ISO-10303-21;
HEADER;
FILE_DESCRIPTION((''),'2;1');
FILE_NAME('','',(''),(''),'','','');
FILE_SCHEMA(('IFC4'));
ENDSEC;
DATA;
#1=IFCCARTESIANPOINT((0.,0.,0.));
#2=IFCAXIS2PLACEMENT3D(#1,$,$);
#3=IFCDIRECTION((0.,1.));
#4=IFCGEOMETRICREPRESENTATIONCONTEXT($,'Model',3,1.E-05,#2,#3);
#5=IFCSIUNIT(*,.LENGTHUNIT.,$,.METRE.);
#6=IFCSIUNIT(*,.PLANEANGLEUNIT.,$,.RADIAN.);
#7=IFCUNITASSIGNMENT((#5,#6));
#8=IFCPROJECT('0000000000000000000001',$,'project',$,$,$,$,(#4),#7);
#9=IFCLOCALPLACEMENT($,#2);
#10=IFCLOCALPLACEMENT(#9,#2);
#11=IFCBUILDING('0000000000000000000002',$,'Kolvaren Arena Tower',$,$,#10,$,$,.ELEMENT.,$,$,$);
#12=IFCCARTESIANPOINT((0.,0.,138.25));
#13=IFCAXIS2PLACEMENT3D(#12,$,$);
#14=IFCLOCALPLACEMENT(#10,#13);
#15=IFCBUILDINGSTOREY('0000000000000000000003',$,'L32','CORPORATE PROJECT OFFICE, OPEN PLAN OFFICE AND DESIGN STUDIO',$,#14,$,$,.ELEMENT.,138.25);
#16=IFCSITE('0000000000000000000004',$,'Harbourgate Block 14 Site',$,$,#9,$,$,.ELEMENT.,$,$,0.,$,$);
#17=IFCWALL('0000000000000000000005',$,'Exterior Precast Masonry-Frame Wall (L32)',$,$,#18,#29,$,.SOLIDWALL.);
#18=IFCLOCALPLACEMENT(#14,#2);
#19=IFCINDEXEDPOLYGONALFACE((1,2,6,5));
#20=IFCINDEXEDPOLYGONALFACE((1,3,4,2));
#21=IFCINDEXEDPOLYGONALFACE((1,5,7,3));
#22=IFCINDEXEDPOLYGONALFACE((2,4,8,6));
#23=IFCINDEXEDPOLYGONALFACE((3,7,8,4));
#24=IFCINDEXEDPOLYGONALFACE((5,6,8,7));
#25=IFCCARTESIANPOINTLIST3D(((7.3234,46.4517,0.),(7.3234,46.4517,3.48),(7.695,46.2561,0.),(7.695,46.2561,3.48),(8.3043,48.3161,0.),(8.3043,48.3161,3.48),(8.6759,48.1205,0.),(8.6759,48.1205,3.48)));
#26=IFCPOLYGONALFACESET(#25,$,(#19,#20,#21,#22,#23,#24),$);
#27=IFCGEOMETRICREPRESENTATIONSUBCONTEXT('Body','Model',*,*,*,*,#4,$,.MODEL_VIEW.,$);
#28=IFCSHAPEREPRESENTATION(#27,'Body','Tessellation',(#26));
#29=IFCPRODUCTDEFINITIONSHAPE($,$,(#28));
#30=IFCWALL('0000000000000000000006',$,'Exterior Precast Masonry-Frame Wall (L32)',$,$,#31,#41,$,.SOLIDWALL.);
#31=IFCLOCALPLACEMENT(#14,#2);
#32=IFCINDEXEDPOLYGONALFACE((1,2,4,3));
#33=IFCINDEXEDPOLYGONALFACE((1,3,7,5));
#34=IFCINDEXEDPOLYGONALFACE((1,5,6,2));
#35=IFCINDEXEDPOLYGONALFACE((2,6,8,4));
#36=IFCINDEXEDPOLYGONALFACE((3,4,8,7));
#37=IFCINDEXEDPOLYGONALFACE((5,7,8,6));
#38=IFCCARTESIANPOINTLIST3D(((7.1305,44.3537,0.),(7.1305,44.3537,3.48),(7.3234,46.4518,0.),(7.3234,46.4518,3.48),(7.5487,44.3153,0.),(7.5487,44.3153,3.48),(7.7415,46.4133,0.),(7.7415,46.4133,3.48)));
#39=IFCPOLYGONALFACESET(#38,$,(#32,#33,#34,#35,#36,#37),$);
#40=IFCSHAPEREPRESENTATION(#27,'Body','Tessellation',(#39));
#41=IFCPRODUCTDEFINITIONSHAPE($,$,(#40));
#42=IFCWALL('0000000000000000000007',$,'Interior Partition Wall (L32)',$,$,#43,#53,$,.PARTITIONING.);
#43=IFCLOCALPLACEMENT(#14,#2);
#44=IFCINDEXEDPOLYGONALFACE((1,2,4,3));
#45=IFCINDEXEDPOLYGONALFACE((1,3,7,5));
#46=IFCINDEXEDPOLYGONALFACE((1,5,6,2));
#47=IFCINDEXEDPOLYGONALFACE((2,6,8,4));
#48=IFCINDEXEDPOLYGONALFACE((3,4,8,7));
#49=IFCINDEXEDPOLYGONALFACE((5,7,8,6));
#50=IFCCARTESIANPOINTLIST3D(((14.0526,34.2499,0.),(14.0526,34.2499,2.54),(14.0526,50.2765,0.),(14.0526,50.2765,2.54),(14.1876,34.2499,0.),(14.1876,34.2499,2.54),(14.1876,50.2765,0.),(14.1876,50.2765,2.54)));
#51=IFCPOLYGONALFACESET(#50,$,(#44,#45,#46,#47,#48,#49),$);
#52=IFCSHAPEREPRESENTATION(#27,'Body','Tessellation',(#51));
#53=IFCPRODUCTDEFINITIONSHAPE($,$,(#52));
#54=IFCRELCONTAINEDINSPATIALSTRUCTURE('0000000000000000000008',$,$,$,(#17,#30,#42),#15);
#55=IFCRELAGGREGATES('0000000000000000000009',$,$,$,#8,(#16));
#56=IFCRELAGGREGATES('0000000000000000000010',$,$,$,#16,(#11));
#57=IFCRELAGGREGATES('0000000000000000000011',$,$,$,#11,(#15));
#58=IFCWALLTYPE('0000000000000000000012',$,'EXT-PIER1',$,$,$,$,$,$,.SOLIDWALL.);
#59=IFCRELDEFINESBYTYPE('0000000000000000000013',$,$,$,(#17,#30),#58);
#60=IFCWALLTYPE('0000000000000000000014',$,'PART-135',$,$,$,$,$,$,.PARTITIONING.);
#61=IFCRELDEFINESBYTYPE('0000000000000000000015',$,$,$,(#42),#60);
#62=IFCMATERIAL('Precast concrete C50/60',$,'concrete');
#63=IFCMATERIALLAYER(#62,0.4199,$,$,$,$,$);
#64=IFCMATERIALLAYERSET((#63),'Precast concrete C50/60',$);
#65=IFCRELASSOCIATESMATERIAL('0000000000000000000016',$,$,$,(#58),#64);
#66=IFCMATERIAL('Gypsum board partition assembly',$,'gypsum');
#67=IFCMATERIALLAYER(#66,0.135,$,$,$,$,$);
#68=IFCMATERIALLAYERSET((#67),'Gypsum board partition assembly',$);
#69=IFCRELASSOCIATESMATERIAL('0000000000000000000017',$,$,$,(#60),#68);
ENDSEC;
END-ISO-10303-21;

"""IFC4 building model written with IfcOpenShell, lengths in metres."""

from ifc_helpers import new_model, si_unit, direction, frame, frame_2d, origin, place, context, subcontext, project, spatial, rectangle, extrude, material, layer, layer_set, type_object, element, save


model = new_model("IFC4")

# Units and contexts
model_context = context("Model", 3, precision=1e-05, world=origin(), true_north=direction((0.0, 1.0)))
body_context = subcontext(model_context, "Body", "Model", "MODEL_VIEW")
ifc_project = project(units=[si_unit("LENGTHUNIT", "METRE"), si_unit("PLANEANGLEUNIT", "RADIAN")], contexts=[model_context])

# Site, building, storey
site_placement = place(None, origin())
site = spatial("IfcSite", under=ifc_project, at=site_placement, Name="Harbourgate Block 14 Site", CompositionType="ELEMENT", RefElevation=0.0)
building_placement = place(site_placement, origin())
building = spatial("IfcBuilding", under=site, at=building_placement, Name="Kolvaren Arena Tower", CompositionType="ELEMENT")
storey_placement = place(building_placement, frame((0.0, 0.0, 138.25)))
storey = spatial("IfcBuildingStorey", under=building, at=storey_placement, Name="L32", Description="CORPORATE PROJECT OFFICE, OPEN PLAN OFFICE AND DESIGN STUDIO", CompositionType="ELEMENT", Elevation=138.25)

# Shared definitions
ifc_material_1 = material(Name="Precast concrete C50/60", Category="concrete")
ifc_layer_1 = layer(ifc_material_1, 0.4199)
ifc_layer_set_1 = layer_set([ifc_layer_1], Name="Precast concrete C50/60")
wall_type_1 = type_object("IfcWallType", Name="EXT-PIER1", PredefinedType="SOLIDWALL", material=ifc_layer_set_1)

# Walls
wall_1_placement = place(storey_placement, frame((7.5093, 46.354, 0.0), z_axis=(0.0, 0.0, 1.0), x_axis=(0.465613, 0.884989, 0.0)))
element("IfcWall", 1, at=wall_1_placement, inside=storey, type_object=wall_type_1, Name="Exterior Precast Masonry-Frame Wall (L32)", PredefinedType="SOLIDWALL", context=body_context, shape_type="SweptSolid", body=[
    extrude(rectangle(XDim=2.1067, YDim=0.4199, at=frame_2d((1.0532, 0.0))), origin(), (0.0, 0.0, 1.0), 3.48),
])
wall_2_placement = place(storey_placement, frame((7.3396, 44.3345, 0.0), z_axis=(0.0, 0.0, 1.0), x_axis=(0.091539, 0.995802, 0.0)))
element("IfcWall", 2, at=wall_2_placement, inside=storey, type_object=wall_type_1, Name="Exterior Precast Masonry-Frame Wall (L32)", PredefinedType="SOLIDWALL", context=body_context, shape_type="SweptSolid", body=[
    extrude(rectangle(XDim=2.1069, YDim=0.4199, at=frame_2d((1.0535, 0.0))), origin(), (0.0, 0.0, 1.0), 3.48),
])
ifc_material_2 = material(Name="Gypsum board partition assembly", Category="gypsum")
ifc_layer_2 = layer(ifc_material_2, 0.135)
ifc_layer_set_2 = layer_set([ifc_layer_2], Name="Gypsum board partition assembly")
wall_type_2 = type_object("IfcWallType", Name="PART-135", PredefinedType="PARTITIONING", material=ifc_layer_set_2)
wall_3_placement = place(storey_placement, frame((14.1201, 34.25, 0.0), z_axis=(0.0, 0.0, 1.0), x_axis=(0.0, 1.0, 0.0)))
element("IfcWall", 3, at=wall_3_placement, inside=storey, type_object=wall_type_2, Name="Interior Partition Wall (L32)", PredefinedType="PARTITIONING", context=body_context, shape_type="SweptSolid", body=[
    extrude(rectangle(XDim=16.0266, YDim=0.135, at=frame_2d((8.0132, 0.0))), origin(), (0.0, 0.0, 1.0), 2.54),
])

save(model, "model.ifc")
